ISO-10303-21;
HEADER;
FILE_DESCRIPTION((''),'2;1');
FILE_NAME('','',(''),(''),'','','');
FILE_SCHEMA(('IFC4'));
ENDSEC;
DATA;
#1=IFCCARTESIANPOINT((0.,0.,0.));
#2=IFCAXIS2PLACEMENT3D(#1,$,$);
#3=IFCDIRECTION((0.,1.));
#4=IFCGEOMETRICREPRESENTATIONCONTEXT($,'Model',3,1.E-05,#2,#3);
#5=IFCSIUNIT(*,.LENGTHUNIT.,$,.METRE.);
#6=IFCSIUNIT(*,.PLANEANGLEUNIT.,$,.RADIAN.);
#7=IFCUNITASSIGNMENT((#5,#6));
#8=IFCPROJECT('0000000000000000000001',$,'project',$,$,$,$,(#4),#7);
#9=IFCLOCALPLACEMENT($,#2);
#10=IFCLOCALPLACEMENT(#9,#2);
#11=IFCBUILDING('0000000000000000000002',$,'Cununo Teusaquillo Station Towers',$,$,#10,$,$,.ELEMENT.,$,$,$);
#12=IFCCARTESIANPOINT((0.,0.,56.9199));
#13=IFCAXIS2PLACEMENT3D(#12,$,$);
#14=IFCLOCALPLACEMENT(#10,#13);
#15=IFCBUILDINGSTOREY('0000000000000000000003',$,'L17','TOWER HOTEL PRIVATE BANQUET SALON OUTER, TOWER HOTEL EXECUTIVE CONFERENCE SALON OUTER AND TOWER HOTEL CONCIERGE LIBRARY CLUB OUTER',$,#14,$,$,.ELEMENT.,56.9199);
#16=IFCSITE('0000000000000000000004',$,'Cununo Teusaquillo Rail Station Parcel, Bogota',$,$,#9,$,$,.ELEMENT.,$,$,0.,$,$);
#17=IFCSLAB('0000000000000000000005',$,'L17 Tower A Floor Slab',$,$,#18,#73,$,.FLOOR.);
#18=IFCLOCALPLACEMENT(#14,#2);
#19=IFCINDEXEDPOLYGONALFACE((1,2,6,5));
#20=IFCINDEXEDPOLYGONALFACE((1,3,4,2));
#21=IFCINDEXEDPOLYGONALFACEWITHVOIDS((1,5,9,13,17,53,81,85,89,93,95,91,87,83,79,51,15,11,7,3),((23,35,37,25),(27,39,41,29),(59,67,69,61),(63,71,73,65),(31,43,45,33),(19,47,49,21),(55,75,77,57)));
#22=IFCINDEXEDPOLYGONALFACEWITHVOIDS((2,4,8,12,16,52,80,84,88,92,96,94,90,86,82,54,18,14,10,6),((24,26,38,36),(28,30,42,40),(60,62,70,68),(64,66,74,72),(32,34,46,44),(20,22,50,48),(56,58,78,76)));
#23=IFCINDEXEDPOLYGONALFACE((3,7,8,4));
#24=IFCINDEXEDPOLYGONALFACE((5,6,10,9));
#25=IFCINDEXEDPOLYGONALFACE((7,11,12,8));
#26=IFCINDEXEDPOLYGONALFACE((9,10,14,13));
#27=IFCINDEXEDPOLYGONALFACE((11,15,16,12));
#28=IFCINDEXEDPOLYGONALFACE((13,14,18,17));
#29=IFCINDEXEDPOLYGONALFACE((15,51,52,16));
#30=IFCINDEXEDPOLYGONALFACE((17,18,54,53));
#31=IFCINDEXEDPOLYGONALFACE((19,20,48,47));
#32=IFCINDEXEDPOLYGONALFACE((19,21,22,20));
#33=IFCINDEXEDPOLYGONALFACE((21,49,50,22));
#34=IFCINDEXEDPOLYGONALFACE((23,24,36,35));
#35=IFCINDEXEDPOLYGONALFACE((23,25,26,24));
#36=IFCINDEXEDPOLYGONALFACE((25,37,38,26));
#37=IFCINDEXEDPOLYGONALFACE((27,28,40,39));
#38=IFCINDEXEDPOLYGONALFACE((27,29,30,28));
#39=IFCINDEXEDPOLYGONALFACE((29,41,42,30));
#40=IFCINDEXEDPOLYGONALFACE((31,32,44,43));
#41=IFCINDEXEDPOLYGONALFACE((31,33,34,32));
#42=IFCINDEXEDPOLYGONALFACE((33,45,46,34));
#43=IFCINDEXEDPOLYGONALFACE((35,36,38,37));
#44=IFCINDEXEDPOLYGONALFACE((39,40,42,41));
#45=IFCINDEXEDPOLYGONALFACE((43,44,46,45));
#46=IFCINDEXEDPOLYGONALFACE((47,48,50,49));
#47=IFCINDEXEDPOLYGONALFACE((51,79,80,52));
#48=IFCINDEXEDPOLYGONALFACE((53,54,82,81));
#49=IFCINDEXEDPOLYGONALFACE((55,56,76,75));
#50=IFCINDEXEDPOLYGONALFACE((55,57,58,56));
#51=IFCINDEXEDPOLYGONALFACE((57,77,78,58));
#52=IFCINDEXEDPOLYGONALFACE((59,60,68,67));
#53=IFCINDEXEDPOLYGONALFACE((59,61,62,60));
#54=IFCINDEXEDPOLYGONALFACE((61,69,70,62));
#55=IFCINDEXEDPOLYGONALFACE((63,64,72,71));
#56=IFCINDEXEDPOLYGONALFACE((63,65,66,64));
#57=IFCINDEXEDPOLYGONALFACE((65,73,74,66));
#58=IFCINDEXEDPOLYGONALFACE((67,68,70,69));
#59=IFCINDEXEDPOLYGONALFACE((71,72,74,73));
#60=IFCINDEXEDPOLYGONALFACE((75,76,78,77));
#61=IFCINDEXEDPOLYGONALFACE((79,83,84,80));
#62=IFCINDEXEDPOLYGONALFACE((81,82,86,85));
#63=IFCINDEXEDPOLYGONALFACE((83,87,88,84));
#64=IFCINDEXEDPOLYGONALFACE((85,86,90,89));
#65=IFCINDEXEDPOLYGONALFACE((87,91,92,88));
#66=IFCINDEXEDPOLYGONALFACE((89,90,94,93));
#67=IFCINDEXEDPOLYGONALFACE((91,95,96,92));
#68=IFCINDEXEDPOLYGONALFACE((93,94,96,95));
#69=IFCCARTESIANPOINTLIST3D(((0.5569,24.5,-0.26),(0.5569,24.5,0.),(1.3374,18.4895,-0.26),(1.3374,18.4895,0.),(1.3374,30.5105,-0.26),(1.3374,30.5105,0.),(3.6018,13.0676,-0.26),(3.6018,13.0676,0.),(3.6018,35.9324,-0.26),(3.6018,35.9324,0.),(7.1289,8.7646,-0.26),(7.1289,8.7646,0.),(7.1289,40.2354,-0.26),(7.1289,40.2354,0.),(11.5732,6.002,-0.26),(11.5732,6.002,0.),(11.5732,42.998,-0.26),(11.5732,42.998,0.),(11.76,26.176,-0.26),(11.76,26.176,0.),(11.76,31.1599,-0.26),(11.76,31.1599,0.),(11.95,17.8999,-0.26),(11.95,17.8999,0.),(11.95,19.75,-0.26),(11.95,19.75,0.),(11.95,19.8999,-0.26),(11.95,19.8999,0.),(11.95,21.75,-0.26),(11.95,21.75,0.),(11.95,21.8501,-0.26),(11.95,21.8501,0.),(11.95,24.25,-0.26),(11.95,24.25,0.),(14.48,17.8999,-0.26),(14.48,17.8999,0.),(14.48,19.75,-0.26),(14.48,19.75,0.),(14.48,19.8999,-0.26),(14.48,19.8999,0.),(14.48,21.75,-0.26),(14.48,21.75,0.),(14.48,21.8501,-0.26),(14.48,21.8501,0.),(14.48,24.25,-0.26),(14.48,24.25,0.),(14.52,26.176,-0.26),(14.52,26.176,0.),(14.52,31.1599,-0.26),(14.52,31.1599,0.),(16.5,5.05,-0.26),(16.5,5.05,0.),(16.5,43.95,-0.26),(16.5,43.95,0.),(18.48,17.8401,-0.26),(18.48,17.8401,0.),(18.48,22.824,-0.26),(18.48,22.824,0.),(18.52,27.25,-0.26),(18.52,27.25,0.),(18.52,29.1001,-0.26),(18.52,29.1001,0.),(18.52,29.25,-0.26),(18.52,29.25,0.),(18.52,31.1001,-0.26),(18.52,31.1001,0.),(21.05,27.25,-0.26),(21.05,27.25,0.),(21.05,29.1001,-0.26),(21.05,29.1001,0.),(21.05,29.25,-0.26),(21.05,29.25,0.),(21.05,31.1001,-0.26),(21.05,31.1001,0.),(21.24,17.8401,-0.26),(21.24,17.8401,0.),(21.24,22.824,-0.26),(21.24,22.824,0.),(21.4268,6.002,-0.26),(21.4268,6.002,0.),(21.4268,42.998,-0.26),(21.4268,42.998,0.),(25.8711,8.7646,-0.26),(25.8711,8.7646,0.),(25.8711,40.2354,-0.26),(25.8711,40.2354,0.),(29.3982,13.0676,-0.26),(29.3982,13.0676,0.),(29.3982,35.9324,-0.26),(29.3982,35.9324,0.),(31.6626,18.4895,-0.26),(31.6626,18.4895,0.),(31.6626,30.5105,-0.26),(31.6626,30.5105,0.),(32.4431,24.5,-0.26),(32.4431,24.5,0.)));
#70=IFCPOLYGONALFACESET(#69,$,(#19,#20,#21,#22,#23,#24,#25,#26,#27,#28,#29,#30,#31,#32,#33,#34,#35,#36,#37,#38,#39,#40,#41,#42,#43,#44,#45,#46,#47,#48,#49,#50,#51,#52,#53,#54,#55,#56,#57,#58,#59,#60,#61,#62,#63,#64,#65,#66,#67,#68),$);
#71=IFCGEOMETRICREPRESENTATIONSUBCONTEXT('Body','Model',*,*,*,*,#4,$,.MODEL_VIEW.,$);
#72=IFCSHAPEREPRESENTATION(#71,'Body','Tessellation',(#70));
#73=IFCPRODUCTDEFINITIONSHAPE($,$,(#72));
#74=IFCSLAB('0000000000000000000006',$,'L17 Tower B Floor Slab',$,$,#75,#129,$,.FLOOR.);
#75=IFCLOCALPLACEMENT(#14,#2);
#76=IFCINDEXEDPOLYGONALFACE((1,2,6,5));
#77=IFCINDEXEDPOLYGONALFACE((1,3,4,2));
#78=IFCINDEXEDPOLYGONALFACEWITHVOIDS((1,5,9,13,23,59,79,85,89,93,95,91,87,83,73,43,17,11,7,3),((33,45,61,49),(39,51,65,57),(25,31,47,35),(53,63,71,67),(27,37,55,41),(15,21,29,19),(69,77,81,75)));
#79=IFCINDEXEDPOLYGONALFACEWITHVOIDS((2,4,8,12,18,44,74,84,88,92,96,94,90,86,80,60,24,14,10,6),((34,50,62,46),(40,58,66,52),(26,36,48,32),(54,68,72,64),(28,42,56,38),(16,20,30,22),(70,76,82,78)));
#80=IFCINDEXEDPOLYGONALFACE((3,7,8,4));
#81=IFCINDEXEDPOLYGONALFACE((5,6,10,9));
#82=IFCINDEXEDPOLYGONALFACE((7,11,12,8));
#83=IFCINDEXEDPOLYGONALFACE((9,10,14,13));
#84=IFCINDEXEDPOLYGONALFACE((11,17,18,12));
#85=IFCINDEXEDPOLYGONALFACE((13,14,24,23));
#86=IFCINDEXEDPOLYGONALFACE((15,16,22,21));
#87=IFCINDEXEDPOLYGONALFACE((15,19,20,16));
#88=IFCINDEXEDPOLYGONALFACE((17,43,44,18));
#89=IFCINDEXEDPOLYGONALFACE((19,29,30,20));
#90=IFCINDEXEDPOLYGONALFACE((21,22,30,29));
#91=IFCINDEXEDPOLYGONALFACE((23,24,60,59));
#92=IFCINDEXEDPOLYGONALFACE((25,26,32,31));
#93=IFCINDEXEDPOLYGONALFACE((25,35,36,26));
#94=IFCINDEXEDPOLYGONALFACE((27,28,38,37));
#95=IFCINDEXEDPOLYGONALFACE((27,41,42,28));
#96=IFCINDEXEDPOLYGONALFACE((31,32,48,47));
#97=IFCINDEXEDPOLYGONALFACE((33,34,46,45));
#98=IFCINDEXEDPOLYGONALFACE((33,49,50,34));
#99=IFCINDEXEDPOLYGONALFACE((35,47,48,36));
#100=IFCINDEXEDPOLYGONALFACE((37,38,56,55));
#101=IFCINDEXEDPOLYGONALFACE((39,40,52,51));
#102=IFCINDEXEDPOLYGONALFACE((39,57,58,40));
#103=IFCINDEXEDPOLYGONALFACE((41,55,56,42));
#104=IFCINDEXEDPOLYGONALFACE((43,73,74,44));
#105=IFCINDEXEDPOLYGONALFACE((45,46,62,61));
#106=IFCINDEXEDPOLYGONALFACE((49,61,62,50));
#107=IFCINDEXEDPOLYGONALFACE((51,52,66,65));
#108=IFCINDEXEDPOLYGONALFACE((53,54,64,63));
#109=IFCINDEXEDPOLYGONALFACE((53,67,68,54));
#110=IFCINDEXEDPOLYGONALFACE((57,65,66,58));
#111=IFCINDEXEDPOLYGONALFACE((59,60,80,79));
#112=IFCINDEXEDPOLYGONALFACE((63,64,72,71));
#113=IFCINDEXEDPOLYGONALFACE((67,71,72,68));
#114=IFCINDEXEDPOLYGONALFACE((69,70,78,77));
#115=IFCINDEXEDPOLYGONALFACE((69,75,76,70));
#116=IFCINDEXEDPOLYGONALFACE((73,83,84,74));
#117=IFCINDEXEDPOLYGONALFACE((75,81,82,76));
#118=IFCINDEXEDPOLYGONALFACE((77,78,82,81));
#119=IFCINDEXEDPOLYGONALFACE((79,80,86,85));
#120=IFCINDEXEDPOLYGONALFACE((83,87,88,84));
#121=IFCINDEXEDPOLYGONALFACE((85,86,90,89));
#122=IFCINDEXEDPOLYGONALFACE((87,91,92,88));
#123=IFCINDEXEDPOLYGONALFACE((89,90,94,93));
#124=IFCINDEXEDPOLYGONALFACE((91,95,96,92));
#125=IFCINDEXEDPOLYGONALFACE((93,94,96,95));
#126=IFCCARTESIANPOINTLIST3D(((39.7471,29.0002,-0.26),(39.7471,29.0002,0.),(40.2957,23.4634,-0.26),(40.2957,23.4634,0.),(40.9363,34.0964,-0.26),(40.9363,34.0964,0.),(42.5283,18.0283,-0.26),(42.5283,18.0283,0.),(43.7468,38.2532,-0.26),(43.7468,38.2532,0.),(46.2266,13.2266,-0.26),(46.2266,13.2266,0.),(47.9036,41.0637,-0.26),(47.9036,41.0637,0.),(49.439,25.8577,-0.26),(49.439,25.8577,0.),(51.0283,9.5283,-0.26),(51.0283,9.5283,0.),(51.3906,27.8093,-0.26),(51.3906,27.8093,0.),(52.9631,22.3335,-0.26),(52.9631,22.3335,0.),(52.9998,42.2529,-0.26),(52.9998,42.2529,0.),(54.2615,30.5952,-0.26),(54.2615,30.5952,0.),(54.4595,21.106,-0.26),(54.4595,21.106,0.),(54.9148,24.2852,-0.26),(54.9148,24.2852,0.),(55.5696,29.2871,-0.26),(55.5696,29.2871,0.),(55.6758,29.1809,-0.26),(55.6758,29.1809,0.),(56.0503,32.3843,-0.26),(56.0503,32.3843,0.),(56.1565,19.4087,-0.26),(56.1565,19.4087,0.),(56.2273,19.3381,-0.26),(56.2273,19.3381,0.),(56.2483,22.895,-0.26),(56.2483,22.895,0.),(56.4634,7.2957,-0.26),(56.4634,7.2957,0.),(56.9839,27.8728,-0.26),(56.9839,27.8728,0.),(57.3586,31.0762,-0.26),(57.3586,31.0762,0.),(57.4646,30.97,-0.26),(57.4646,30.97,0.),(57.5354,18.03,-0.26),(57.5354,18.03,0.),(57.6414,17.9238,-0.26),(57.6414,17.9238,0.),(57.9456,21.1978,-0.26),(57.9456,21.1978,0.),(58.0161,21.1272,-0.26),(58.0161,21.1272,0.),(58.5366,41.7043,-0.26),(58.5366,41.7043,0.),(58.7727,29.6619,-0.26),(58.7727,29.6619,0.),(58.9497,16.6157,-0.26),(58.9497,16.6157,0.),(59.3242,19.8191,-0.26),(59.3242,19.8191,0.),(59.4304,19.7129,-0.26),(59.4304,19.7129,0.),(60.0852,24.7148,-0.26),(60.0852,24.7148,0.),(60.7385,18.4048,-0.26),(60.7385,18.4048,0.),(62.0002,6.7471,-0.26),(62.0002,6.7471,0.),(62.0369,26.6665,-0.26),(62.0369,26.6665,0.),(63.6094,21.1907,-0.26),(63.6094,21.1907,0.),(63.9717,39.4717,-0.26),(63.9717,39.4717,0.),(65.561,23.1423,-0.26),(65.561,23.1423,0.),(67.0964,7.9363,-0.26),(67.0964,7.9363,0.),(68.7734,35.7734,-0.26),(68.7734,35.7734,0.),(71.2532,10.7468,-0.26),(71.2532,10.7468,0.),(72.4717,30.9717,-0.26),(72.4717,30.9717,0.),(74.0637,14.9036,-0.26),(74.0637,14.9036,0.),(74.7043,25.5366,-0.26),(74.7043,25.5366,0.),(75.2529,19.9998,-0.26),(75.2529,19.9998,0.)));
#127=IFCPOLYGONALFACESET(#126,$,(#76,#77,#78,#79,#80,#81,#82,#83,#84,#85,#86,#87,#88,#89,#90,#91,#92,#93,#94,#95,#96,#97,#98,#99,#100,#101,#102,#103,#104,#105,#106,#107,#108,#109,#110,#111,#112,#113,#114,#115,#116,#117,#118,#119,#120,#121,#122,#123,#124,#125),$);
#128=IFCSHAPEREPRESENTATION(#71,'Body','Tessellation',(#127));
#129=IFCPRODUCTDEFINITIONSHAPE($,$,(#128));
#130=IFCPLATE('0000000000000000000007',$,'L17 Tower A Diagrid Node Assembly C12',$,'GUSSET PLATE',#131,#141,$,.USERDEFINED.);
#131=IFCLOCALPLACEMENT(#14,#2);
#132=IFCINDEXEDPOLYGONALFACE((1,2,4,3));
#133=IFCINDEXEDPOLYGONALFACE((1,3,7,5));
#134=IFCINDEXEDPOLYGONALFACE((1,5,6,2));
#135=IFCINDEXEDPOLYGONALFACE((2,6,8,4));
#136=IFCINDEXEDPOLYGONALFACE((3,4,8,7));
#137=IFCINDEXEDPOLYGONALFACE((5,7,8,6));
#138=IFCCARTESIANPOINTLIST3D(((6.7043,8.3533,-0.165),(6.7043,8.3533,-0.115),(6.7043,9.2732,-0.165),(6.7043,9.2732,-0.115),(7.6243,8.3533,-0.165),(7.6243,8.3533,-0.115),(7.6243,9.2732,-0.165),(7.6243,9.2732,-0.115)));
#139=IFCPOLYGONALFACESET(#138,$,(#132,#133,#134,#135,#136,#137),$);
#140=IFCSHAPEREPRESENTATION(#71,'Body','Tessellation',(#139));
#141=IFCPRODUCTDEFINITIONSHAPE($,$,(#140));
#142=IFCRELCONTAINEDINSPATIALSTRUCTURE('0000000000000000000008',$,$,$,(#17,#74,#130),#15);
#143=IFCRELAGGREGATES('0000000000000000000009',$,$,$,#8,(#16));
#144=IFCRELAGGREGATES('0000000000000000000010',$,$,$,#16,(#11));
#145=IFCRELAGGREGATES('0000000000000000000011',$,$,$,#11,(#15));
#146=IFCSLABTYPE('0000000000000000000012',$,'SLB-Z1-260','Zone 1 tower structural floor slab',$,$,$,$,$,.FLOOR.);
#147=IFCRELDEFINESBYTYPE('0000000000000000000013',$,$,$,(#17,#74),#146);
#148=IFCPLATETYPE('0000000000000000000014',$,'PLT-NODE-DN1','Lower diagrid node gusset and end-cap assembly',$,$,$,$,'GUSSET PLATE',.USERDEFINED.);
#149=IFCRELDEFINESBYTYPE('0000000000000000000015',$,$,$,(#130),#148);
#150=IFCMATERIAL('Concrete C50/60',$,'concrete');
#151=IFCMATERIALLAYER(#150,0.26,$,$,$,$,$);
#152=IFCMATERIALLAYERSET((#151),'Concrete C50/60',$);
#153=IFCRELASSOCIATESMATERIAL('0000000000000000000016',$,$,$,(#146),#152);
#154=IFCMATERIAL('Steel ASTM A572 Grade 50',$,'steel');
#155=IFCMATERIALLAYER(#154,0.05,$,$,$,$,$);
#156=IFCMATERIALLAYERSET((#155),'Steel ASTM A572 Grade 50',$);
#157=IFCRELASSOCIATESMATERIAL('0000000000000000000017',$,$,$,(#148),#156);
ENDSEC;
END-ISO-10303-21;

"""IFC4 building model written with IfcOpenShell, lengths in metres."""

from ifc_helpers import new_model, si_unit, direction, frame, origin, origin_2d, place, context, subcontext, project, spatial, polyline, rectangle, outline, extrude, source, transform, mapped, material, layer, layer_set, type_object, element, save


model = new_model("IFC4")

# Units and contexts
model_context = context("Model", 3, precision=1e-05, world=origin(), true_north=direction((0.0, 1.0)))
body_context = subcontext(model_context, "Body", "Model", "MODEL_VIEW")
ifc_project = project(units=[si_unit("LENGTHUNIT", "METRE"), si_unit("PLANEANGLEUNIT", "RADIAN")], contexts=[model_context])

# Site, building, storey
site_placement = place(None, origin())
site = spatial("IfcSite", under=ifc_project, at=site_placement, Name="Cununo Teusaquillo Rail Station Parcel, Bogota", CompositionType="ELEMENT", RefElevation=0.0)
building_placement = place(site_placement, origin())
building = spatial("IfcBuilding", under=site, at=building_placement, Name="Cununo Teusaquillo Station Towers", CompositionType="ELEMENT")
storey_placement = place(building_placement, frame((0.0, 0.0, 56.9199)))
storey = spatial("IfcBuildingStorey", under=building, at=storey_placement, Name="L17", Description="TOWER HOTEL PRIVATE BANQUET SALON OUTER, TOWER HOTEL EXECUTIVE CONFERENCE SALON OUTER AND TOWER HOTEL CONCIERGE LIBRARY CLUB OUTER", CompositionType="ELEMENT", Elevation=56.9199)

# Slabs
ifc_material_1 = material(Name="Concrete C50/60", Category="concrete")
ifc_layer_1 = layer(ifc_material_1, 0.26)
ifc_layer_set_1 = layer_set([ifc_layer_1], Name="Concrete C50/60")
slab_type_1 = type_object("IfcSlabType", Name="SLB-Z1-260", Description="Zone 1 tower structural floor slab", PredefinedType="FLOOR", material=ifc_layer_set_1)
slab_1_placement = place(storey_placement, frame((0.0, 0.0, -0.26)))
element("IfcSlab", 1, at=slab_1_placement, inside=storey, type_object=slab_type_1, Name="L17 Tower A Floor Slab", PredefinedType="FLOOR", context=body_context, shape_type="SweptSolid", body=[
    extrude(outline(polyline([(32.4431, 24.5), (31.6626, 30.5105), (29.3982, 35.9324), (25.8711, 40.2354), (21.4268, 42.998), (16.5, 43.95), (11.5732, 42.998), (7.1289, 40.2354), (3.6018, 35.9324), (1.3374, 30.5105), (0.5569, 24.5), (1.3374, 18.4895), (3.6018, 13.0676), (7.1289, 8.7646), (11.5732, 6.002), (16.5, 5.05), (21.4268, 6.002), (25.8711, 8.7646), (29.3982, 13.0676), (31.6626, 18.4895), (32.4431, 24.5)]), holes=[polyline([(14.52, 26.176), (14.52, 31.1599), (11.76, 31.1599), (11.76, 26.176), (14.52, 26.176)]), polyline([(18.48, 22.824), (18.48, 17.8401), (21.24, 17.8401), (21.24, 22.824), (18.48, 22.824)]), polyline([(11.95, 21.8501), (14.48, 21.8501), (14.48, 24.25), (11.95, 24.25), (11.95, 21.8501)]), polyline([(11.95, 17.8999), (14.48, 17.8999), (14.48, 19.75), (11.95, 19.75), (11.95, 17.8999)]), polyline([(11.95, 19.8999), (14.48, 19.8999), (14.48, 21.75), (11.95, 21.75), (11.95, 19.8999)]), polyline([(18.52, 27.25), (21.05, 27.25), (21.05, 29.1001), (18.52, 29.1001), (18.52, 27.25)]), polyline([(18.52, 29.25), (21.05, 29.25), (21.05, 31.1001), (18.52, 31.1001), (18.52, 29.25)])]), origin(), (0.0, 0.0, 1.0), 0.26),
])
slab_2_placement = place(storey_placement, frame((0.0, 0.0, -0.26)))
element("IfcSlab", 2, at=slab_2_placement, inside=storey, type_object=slab_type_1, Name="L17 Tower B Floor Slab", PredefinedType="FLOOR", context=body_context, shape_type="SweptSolid", body=[
    extrude(outline(polyline([(68.7734, 35.7734), (63.9717, 39.4717), (58.5366, 41.7043), (52.9998, 42.2529), (47.9036, 41.0637), (43.7468, 38.2532), (40.9363, 34.0964), (39.7471, 29.0002), (40.2957, 23.4634), (42.5283, 18.0283), (46.2266, 13.2266), (51.0283, 9.5283), (56.4634, 7.2957), (62.0002, 6.7471), (67.0964, 7.9363), (71.2532, 10.7468), (74.0637, 14.9036), (75.2529, 19.9998), (74.7043, 25.5366), (72.4717, 30.9717), (68.7734, 35.7734)]), holes=[polyline([(54.9148, 24.2852), (51.3906, 27.8093), (49.439, 25.8577), (52.9631, 22.3335), (54.9148, 24.2852)]), polyline([(60.0852, 24.7148), (63.6094, 21.1907), (65.561, 23.1423), (62.0369, 26.6665), (60.0852, 24.7148)]), polyline([(56.1565, 19.4087), (57.9456, 21.1978), (56.2483, 22.895), (54.4595, 21.106), (56.1565, 19.4087)]), polyline([(58.9497, 16.6157), (60.7385, 18.4048), (59.4304, 19.7129), (57.6414, 17.9238), (58.9497, 16.6157)]), polyline([(57.5354, 18.03), (59.3242, 19.8191), (58.0161, 21.1272), (56.2273, 19.3381), (57.5354, 18.03)]), polyline([(56.9839, 27.8728), (58.7727, 29.6619), (57.4646, 30.97), (55.6758, 29.1809), (56.9839, 27.8728)]), polyline([(55.5696, 29.2871), (57.3586, 31.0762), (56.0503, 32.3843), (54.2615, 30.5952), (55.5696, 29.2871)])]), origin(), (0.0, 0.0, 1.0), 0.26),
])

# Plate
ifc_material_2 = material(Name="Steel ASTM A572 Grade 50", Category="steel")
ifc_layer_2 = layer(ifc_material_2, 0.05)
ifc_layer_set_2 = layer_set([ifc_layer_2], Name="Steel ASTM A572 Grade 50")
plate_type = type_object("IfcPlateType", Name="PLT-NODE-DN1", Description="Lower diagrid node gusset and end-cap assembly", ElementType="GUSSET PLATE", PredefinedType="USERDEFINED", material=ifc_layer_set_2)
shared_shape_1 = source(origin(), body_context, "Body", "SweptSolid", [
    extrude(rectangle(XDim=0.9199, YDim=0.9199, at=origin_2d()), origin(), (0.0, 0.0, 1.0), 0.05),
])
plate_placement = place(storey_placement, frame((7.1643, 8.8132, -0.165), z_axis=(0.0, 0.0, 1.0), x_axis=(1.0, 0.0, 0.0)))
element("IfcPlate", 3, at=plate_placement, inside=storey, type_object=plate_type, Name="L17 Tower A Diagrid Node Assembly C12", ObjectType="GUSSET PLATE", PredefinedType="USERDEFINED", context=body_context, shape_type="MappedRepresentation", body=[
    mapped(shared_shape_1, transform((0.0, 0.0, 0.0), x_axis=(1.0, 0.0, 0.0), y_axis=(0.0, 1.0, 0.0), z_axis=(0.0, 0.0, 1.0), scale=1.0)),
])

save(model, "model.ifc")
